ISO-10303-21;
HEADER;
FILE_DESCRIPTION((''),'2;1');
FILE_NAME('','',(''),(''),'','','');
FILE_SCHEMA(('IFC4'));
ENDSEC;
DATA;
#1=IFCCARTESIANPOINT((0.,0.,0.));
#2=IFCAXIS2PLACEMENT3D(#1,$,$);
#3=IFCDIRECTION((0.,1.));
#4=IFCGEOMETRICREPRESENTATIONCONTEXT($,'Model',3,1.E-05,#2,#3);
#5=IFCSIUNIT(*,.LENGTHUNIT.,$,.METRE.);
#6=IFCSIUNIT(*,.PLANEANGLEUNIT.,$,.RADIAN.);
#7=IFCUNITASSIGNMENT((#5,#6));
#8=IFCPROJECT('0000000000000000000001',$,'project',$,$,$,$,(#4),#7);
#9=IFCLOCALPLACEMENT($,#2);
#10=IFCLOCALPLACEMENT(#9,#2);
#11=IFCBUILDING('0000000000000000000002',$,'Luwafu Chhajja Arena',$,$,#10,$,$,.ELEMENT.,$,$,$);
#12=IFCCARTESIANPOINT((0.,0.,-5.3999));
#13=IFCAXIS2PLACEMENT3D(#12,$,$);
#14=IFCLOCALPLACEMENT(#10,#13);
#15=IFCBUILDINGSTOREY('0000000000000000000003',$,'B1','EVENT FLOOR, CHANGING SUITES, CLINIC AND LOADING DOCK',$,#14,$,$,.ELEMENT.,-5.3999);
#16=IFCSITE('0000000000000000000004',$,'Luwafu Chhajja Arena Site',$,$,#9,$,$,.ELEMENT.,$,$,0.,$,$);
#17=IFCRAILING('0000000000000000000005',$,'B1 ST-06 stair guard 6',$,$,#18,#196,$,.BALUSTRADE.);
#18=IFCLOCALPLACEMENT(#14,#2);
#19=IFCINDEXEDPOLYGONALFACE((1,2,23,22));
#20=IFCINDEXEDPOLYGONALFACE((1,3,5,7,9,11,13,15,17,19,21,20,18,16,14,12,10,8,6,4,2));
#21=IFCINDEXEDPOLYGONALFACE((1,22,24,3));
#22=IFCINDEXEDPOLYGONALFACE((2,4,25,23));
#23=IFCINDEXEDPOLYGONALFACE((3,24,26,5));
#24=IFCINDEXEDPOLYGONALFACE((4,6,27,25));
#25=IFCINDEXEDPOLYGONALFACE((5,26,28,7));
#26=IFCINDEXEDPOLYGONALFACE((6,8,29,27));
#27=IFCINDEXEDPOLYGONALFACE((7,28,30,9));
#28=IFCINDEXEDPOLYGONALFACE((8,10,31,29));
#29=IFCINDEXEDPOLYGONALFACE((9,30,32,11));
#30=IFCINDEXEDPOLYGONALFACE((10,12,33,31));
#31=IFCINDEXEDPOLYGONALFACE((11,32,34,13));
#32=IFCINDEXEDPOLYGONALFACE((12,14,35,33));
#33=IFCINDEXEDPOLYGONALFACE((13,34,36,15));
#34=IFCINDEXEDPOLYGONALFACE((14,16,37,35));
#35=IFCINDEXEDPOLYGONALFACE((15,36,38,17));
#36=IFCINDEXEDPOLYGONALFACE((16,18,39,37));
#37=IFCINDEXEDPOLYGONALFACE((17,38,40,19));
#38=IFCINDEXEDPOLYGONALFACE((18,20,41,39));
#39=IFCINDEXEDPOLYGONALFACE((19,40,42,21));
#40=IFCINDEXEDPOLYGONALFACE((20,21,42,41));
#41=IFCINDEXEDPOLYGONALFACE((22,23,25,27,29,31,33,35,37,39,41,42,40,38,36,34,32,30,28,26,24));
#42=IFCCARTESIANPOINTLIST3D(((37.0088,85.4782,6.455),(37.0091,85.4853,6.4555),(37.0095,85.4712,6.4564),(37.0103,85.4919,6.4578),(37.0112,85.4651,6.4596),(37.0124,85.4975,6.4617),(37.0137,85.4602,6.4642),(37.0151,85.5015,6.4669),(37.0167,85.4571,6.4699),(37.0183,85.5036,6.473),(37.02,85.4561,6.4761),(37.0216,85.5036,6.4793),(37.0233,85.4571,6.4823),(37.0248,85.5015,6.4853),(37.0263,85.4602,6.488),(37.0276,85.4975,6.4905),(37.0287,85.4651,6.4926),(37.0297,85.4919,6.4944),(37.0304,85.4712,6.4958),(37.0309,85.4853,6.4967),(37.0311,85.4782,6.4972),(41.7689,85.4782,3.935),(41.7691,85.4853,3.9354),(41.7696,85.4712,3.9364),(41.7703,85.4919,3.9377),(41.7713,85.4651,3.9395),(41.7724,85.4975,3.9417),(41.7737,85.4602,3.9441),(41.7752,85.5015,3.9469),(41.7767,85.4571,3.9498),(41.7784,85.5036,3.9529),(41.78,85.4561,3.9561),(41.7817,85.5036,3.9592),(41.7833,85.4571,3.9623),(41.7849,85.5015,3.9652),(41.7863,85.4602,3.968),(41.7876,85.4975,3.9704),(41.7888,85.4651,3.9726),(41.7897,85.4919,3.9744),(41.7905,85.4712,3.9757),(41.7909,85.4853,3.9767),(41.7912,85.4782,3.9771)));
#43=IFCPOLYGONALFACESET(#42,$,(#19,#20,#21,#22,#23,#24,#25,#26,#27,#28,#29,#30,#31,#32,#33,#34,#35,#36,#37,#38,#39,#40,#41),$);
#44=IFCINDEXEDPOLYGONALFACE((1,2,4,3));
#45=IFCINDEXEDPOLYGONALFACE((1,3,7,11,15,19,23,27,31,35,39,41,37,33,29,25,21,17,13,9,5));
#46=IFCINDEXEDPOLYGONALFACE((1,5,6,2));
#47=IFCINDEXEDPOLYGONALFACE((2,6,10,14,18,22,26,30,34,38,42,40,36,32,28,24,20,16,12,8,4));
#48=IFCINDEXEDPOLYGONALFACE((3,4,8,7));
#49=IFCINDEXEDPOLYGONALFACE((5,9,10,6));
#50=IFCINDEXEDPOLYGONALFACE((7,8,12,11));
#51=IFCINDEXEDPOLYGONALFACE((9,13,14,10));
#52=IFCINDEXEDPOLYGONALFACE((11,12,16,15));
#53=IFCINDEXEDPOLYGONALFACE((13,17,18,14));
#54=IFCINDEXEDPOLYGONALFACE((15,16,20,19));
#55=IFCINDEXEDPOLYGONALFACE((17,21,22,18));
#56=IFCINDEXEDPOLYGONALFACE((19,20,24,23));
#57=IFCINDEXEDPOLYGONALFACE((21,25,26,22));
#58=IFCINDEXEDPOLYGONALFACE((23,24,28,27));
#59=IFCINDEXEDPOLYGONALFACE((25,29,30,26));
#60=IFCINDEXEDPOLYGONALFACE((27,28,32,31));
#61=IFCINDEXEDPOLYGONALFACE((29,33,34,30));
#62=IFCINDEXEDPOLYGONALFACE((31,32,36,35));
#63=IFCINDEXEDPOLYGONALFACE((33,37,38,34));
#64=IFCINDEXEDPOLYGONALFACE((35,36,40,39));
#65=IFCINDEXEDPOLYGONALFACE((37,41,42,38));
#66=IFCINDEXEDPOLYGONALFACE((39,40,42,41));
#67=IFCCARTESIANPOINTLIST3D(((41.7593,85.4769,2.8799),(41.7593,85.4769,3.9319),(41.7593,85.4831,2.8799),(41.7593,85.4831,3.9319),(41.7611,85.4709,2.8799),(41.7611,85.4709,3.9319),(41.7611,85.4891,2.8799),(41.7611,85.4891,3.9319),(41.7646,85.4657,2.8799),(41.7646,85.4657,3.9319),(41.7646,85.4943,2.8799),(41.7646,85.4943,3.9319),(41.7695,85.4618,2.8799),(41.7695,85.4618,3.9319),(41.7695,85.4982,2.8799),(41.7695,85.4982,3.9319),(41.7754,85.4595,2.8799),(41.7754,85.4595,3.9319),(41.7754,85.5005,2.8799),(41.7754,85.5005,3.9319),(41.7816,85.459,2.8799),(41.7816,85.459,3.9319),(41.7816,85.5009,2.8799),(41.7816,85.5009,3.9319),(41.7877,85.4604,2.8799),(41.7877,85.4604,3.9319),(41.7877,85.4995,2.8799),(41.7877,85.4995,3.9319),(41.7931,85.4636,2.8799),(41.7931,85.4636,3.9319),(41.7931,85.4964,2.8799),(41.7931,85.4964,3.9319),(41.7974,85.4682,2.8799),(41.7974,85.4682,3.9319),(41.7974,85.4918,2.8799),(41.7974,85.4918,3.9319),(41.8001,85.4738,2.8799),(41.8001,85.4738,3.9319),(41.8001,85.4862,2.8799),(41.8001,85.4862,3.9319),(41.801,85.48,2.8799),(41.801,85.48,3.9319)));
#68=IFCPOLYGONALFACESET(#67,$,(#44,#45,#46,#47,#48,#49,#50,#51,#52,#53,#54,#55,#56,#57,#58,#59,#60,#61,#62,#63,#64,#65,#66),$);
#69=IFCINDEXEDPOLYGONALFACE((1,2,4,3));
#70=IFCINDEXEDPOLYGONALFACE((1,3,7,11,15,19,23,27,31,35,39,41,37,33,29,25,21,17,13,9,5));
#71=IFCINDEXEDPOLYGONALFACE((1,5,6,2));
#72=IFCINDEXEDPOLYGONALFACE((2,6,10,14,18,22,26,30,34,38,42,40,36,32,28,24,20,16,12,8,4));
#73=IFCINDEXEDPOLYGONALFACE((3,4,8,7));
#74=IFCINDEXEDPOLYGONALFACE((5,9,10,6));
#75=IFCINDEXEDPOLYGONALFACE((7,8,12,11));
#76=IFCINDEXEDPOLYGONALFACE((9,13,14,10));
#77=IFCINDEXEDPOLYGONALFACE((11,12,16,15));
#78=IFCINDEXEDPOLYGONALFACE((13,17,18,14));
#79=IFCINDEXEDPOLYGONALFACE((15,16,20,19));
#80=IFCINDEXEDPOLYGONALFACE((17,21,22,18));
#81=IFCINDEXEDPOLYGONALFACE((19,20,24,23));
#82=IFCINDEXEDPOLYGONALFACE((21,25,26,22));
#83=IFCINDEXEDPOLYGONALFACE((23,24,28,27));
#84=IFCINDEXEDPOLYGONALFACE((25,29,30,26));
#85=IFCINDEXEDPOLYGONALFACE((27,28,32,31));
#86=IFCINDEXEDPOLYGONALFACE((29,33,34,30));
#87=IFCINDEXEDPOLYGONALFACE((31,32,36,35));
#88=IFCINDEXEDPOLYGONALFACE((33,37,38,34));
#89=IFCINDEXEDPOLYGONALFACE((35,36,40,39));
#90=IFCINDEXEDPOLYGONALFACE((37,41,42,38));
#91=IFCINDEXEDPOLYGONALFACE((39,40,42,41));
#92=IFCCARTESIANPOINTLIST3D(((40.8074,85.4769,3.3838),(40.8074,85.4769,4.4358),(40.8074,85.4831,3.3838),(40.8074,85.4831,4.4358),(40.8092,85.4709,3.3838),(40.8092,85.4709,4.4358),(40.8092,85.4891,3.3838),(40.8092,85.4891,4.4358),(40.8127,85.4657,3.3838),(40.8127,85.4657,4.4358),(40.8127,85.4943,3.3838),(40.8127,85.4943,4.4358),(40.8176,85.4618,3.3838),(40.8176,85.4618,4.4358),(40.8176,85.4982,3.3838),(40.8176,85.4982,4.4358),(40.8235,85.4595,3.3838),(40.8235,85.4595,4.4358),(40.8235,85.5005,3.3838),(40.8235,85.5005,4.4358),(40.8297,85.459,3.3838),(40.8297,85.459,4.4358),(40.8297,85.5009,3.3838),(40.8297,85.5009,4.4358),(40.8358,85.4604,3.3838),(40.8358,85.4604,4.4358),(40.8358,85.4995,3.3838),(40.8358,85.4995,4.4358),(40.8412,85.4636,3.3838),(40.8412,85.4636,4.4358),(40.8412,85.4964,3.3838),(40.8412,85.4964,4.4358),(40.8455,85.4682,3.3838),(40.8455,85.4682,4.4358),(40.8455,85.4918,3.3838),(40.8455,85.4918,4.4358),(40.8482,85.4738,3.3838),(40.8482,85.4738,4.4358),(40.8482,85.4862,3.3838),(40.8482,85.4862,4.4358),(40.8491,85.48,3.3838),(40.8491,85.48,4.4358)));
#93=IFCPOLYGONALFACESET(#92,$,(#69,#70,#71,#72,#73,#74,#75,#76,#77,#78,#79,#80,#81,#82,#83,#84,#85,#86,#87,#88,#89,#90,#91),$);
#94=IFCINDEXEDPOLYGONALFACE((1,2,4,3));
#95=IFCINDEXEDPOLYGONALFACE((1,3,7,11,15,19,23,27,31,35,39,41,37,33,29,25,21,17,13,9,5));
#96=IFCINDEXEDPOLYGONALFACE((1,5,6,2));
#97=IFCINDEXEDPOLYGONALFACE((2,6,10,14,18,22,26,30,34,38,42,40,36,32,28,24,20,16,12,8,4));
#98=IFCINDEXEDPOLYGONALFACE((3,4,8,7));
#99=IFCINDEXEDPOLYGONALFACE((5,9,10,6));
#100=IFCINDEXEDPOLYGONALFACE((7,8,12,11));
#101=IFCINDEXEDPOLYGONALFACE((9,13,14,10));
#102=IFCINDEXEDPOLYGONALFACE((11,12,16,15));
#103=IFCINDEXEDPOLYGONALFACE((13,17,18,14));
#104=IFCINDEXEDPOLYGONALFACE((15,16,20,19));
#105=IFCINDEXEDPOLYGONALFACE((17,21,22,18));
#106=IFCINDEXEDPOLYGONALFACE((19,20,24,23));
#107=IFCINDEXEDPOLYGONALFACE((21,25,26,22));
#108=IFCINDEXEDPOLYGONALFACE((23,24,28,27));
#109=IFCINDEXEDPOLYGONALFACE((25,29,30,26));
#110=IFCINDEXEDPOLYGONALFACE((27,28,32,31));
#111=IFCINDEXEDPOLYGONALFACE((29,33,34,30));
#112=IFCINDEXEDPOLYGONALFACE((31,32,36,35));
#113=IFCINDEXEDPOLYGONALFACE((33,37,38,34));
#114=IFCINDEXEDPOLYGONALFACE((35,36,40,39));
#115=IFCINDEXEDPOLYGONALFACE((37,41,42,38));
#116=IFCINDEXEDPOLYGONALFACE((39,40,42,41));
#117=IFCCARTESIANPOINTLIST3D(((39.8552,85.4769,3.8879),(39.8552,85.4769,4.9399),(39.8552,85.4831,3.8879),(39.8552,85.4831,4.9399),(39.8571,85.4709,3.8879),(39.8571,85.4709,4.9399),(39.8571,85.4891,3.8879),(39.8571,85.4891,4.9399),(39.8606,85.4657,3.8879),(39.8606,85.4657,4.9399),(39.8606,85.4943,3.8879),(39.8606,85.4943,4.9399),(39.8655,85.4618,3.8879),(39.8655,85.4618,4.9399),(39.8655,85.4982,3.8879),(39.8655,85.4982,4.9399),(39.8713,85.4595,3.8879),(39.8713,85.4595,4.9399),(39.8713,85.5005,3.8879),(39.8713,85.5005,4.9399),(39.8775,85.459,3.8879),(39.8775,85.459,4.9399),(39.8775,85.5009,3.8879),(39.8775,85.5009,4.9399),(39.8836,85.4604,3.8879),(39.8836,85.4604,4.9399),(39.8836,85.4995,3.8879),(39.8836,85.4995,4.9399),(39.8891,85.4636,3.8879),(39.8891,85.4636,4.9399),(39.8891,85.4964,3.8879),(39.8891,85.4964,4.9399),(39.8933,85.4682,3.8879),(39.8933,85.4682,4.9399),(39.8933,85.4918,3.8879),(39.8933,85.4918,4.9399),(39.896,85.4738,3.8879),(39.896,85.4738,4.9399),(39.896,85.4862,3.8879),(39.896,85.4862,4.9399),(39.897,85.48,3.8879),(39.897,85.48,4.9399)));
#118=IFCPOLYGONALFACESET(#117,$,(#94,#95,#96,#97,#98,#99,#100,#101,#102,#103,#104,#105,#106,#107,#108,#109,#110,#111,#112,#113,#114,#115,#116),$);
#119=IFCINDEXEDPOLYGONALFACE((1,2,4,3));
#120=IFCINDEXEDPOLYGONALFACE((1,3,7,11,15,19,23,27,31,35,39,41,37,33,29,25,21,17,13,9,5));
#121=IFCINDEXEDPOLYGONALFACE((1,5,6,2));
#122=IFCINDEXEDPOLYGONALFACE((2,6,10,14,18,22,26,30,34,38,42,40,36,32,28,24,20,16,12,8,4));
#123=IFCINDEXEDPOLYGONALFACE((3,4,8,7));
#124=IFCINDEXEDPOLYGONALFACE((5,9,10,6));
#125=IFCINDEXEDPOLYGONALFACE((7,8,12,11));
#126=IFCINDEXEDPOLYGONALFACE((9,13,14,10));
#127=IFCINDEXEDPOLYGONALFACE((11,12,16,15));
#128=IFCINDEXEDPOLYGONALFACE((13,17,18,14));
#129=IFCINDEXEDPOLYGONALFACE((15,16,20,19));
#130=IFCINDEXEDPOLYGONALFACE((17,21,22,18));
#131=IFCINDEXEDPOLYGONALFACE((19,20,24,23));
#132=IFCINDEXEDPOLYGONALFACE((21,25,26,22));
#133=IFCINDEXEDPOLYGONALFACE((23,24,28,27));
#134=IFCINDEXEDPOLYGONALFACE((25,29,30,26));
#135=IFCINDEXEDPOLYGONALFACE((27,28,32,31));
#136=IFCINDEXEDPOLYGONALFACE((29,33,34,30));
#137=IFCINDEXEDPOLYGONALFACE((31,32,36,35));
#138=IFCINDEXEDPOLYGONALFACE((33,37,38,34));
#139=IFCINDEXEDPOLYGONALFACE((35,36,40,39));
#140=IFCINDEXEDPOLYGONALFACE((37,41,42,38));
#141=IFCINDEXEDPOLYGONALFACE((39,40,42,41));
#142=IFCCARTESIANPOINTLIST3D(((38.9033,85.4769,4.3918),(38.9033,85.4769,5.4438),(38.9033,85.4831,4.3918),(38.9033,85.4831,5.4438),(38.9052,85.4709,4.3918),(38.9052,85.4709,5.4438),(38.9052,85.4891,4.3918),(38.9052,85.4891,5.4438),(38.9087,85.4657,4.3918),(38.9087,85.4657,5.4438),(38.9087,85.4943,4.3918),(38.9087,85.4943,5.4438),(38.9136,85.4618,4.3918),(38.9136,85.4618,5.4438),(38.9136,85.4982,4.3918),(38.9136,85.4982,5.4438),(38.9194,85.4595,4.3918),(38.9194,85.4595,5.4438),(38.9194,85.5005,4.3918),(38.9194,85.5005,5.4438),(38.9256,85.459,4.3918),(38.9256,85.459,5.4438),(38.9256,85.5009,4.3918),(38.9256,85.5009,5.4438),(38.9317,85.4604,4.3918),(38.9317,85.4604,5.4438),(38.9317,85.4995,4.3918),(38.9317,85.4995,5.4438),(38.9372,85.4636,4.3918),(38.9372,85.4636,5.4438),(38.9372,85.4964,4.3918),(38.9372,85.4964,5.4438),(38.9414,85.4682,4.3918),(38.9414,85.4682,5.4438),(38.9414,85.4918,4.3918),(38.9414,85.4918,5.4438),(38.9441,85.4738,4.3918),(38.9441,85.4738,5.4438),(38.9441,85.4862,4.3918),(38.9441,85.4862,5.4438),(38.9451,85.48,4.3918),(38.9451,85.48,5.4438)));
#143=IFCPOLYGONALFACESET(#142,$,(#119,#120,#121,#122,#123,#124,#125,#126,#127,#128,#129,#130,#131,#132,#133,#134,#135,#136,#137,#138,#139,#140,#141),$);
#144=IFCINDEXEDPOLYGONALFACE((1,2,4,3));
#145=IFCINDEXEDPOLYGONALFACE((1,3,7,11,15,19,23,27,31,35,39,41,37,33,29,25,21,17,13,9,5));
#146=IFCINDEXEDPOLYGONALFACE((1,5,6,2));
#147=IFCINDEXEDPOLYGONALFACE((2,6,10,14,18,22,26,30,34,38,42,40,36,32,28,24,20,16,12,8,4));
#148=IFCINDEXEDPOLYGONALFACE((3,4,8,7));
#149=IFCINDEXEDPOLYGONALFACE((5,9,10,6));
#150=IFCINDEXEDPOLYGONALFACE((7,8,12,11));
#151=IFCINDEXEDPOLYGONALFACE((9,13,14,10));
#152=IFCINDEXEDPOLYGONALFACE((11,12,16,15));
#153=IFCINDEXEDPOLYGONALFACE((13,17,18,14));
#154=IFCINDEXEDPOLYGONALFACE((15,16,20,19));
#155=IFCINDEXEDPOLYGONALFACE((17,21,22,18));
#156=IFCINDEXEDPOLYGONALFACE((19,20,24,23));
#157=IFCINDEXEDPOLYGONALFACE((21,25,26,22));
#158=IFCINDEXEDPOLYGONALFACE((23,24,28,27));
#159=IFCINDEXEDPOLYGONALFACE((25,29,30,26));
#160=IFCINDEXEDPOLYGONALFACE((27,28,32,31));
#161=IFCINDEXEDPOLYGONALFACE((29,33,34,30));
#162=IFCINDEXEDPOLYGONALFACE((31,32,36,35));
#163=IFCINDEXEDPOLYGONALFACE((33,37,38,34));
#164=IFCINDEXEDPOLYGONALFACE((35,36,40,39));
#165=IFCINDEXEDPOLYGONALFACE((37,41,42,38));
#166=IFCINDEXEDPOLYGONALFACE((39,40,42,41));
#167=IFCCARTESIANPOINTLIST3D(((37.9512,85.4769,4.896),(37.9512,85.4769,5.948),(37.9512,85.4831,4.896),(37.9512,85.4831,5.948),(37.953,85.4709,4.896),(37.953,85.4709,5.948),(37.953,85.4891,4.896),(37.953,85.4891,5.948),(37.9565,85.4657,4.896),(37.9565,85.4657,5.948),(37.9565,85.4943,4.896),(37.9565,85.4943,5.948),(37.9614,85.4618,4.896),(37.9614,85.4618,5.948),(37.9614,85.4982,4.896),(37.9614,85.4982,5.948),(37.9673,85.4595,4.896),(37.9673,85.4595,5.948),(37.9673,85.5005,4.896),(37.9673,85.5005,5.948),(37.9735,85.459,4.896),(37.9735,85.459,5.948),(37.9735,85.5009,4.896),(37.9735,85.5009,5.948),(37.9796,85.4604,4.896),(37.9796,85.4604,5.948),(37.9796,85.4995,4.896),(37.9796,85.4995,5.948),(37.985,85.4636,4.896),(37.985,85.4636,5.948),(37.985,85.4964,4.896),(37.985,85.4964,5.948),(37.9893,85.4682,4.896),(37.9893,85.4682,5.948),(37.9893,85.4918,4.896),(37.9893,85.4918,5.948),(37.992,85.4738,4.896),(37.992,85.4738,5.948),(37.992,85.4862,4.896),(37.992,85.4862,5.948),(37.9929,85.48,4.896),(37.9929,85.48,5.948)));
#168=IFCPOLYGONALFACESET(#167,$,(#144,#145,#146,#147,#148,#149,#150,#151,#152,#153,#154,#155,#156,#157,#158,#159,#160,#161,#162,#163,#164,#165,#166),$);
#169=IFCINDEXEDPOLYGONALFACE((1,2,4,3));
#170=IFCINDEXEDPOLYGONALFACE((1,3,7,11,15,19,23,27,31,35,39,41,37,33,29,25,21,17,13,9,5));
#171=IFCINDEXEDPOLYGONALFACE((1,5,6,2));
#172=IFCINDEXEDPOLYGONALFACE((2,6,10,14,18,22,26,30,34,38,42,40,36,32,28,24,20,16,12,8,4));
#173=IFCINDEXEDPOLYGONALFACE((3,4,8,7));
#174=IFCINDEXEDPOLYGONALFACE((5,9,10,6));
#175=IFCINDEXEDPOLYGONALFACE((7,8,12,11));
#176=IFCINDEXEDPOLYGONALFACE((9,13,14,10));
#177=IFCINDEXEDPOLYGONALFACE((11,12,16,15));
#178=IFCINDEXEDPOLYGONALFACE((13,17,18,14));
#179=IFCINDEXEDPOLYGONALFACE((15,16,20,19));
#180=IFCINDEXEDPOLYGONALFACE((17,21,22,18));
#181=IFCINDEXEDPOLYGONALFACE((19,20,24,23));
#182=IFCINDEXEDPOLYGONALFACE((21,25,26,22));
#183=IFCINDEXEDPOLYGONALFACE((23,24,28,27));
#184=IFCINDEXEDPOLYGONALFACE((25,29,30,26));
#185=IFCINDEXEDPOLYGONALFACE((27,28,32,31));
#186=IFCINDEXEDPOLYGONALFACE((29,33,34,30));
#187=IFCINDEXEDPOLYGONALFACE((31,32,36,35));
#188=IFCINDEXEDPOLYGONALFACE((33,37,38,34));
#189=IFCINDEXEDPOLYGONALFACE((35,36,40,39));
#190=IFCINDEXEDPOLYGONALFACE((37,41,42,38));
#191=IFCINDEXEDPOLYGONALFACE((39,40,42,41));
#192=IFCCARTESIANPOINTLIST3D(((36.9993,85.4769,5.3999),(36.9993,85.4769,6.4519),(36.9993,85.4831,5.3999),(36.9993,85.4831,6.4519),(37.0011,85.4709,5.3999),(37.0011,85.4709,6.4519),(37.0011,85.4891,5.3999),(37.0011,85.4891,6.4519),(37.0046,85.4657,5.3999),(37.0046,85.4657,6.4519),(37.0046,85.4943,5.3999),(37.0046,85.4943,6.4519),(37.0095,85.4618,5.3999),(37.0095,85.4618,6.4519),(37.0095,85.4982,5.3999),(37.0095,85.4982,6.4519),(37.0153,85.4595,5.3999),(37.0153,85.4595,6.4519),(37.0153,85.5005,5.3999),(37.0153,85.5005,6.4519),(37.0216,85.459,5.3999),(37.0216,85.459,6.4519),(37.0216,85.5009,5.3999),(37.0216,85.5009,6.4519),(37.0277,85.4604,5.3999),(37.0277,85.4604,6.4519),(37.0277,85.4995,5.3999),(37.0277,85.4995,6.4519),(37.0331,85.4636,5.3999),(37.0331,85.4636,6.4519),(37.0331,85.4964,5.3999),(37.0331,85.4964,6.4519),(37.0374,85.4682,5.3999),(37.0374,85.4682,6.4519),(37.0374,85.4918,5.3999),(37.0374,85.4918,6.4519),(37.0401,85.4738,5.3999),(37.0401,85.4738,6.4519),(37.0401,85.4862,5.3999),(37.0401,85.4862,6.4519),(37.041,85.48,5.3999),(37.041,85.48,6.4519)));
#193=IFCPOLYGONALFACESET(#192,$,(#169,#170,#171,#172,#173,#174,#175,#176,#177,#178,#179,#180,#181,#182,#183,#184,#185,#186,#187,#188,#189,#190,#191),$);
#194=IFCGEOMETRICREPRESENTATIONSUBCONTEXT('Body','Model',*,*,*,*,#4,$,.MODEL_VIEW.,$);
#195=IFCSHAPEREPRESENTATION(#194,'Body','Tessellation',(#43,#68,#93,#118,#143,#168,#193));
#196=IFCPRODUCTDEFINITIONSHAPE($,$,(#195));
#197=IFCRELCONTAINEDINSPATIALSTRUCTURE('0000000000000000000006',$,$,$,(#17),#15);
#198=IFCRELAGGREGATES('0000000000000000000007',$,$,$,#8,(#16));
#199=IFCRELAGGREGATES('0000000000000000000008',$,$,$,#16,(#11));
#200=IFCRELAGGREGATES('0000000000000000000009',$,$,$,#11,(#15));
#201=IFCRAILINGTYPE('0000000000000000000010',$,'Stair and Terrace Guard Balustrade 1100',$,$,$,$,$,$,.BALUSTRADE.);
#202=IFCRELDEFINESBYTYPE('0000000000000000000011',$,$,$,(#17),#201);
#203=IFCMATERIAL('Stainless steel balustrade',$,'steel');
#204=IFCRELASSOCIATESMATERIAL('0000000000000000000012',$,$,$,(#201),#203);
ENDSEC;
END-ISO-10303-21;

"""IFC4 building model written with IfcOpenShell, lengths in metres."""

from ifc_helpers import new_model, si_unit, direction, frame, origin, origin_2d, place, context, subcontext, project, spatial, circle, extrude, material, type_object, element, save


model = new_model("IFC4")

# Units and contexts
model_context = context("Model", 3, precision=1e-05, world=origin(), true_north=direction((0.0, 1.0)))
body_context = subcontext(model_context, "Body", "Model", "MODEL_VIEW")
ifc_project = project(units=[si_unit("LENGTHUNIT", "METRE"), si_unit("PLANEANGLEUNIT", "RADIAN")], contexts=[model_context])

# Site, building, storey
site_placement = place(None, origin())
site = spatial("IfcSite", under=ifc_project, at=site_placement, Name="Luwafu Chhajja Arena Site", CompositionType="ELEMENT", RefElevation=0.0)
building_placement = place(site_placement, origin())
building = spatial("IfcBuilding", under=site, at=building_placement, Name="Luwafu Chhajja Arena", CompositionType="ELEMENT")
storey_placement = place(building_placement, frame((0.0, 0.0, -5.3999)))
storey = spatial("IfcBuildingStorey", under=building, at=storey_placement, Name="B1", Description="EVENT FLOOR, CHANGING SUITES, CLINIC AND LOADING DOCK", CompositionType="ELEMENT", Elevation=-5.3999)

# Railing
ifc_material_1 = material(Name="Stainless steel balustrade", Category="steel")
railing_type_1 = type_object("IfcRailingType", Name="Stair and Terrace Guard Balustrade 1100", PredefinedType="BALUSTRADE", material=ifc_material_1)
railing_1_placement = place(storey_placement, frame((41.78, 85.48, 2.8799)))
element("IfcRailing", 1, at=railing_1_placement, inside=storey, type_object=railing_type_1, Name="B1 ST-06 stair guard 6", PredefinedType="BALUSTRADE", context=body_context, shape_type="SweptSolid", body=[
    extrude(circle(Radius=0.0239, at=origin_2d()), frame((0.0, 0.0, 1.0762), z_axis=(-0.883787, 0.0, 0.46789), x_axis=(0.0, -1.0, 0.0)), (0.0, 0.0, 1.0), 5.386),
    extrude(circle(Radius=0.021, at=origin_2d()), origin(), (0.0, 0.0, 1.0), 1.052),
    extrude(circle(Radius=0.021, at=origin_2d()), frame((-0.9519, 0.0, 0.5039)), (0.0, 0.0, 1.0), 1.052),
    extrude(circle(Radius=0.021, at=origin_2d()), frame((-1.9041, 0.0, 1.0081)), (0.0, 0.0, 1.0), 1.052),
    extrude(circle(Radius=0.021, at=origin_2d()), frame((-2.856, 0.0, 1.512)), (0.0, 0.0, 1.0), 1.052),
    extrude(circle(Radius=0.021, at=origin_2d()), frame((-3.8081, 0.0, 2.0161)), (0.0, 0.0, 1.0), 1.052),
    extrude(circle(Radius=0.021, at=origin_2d()), frame((-4.76, 0.0, 2.52)), (0.0, 0.0, 1.0), 1.052),
])

save(model, "model.ifc")
